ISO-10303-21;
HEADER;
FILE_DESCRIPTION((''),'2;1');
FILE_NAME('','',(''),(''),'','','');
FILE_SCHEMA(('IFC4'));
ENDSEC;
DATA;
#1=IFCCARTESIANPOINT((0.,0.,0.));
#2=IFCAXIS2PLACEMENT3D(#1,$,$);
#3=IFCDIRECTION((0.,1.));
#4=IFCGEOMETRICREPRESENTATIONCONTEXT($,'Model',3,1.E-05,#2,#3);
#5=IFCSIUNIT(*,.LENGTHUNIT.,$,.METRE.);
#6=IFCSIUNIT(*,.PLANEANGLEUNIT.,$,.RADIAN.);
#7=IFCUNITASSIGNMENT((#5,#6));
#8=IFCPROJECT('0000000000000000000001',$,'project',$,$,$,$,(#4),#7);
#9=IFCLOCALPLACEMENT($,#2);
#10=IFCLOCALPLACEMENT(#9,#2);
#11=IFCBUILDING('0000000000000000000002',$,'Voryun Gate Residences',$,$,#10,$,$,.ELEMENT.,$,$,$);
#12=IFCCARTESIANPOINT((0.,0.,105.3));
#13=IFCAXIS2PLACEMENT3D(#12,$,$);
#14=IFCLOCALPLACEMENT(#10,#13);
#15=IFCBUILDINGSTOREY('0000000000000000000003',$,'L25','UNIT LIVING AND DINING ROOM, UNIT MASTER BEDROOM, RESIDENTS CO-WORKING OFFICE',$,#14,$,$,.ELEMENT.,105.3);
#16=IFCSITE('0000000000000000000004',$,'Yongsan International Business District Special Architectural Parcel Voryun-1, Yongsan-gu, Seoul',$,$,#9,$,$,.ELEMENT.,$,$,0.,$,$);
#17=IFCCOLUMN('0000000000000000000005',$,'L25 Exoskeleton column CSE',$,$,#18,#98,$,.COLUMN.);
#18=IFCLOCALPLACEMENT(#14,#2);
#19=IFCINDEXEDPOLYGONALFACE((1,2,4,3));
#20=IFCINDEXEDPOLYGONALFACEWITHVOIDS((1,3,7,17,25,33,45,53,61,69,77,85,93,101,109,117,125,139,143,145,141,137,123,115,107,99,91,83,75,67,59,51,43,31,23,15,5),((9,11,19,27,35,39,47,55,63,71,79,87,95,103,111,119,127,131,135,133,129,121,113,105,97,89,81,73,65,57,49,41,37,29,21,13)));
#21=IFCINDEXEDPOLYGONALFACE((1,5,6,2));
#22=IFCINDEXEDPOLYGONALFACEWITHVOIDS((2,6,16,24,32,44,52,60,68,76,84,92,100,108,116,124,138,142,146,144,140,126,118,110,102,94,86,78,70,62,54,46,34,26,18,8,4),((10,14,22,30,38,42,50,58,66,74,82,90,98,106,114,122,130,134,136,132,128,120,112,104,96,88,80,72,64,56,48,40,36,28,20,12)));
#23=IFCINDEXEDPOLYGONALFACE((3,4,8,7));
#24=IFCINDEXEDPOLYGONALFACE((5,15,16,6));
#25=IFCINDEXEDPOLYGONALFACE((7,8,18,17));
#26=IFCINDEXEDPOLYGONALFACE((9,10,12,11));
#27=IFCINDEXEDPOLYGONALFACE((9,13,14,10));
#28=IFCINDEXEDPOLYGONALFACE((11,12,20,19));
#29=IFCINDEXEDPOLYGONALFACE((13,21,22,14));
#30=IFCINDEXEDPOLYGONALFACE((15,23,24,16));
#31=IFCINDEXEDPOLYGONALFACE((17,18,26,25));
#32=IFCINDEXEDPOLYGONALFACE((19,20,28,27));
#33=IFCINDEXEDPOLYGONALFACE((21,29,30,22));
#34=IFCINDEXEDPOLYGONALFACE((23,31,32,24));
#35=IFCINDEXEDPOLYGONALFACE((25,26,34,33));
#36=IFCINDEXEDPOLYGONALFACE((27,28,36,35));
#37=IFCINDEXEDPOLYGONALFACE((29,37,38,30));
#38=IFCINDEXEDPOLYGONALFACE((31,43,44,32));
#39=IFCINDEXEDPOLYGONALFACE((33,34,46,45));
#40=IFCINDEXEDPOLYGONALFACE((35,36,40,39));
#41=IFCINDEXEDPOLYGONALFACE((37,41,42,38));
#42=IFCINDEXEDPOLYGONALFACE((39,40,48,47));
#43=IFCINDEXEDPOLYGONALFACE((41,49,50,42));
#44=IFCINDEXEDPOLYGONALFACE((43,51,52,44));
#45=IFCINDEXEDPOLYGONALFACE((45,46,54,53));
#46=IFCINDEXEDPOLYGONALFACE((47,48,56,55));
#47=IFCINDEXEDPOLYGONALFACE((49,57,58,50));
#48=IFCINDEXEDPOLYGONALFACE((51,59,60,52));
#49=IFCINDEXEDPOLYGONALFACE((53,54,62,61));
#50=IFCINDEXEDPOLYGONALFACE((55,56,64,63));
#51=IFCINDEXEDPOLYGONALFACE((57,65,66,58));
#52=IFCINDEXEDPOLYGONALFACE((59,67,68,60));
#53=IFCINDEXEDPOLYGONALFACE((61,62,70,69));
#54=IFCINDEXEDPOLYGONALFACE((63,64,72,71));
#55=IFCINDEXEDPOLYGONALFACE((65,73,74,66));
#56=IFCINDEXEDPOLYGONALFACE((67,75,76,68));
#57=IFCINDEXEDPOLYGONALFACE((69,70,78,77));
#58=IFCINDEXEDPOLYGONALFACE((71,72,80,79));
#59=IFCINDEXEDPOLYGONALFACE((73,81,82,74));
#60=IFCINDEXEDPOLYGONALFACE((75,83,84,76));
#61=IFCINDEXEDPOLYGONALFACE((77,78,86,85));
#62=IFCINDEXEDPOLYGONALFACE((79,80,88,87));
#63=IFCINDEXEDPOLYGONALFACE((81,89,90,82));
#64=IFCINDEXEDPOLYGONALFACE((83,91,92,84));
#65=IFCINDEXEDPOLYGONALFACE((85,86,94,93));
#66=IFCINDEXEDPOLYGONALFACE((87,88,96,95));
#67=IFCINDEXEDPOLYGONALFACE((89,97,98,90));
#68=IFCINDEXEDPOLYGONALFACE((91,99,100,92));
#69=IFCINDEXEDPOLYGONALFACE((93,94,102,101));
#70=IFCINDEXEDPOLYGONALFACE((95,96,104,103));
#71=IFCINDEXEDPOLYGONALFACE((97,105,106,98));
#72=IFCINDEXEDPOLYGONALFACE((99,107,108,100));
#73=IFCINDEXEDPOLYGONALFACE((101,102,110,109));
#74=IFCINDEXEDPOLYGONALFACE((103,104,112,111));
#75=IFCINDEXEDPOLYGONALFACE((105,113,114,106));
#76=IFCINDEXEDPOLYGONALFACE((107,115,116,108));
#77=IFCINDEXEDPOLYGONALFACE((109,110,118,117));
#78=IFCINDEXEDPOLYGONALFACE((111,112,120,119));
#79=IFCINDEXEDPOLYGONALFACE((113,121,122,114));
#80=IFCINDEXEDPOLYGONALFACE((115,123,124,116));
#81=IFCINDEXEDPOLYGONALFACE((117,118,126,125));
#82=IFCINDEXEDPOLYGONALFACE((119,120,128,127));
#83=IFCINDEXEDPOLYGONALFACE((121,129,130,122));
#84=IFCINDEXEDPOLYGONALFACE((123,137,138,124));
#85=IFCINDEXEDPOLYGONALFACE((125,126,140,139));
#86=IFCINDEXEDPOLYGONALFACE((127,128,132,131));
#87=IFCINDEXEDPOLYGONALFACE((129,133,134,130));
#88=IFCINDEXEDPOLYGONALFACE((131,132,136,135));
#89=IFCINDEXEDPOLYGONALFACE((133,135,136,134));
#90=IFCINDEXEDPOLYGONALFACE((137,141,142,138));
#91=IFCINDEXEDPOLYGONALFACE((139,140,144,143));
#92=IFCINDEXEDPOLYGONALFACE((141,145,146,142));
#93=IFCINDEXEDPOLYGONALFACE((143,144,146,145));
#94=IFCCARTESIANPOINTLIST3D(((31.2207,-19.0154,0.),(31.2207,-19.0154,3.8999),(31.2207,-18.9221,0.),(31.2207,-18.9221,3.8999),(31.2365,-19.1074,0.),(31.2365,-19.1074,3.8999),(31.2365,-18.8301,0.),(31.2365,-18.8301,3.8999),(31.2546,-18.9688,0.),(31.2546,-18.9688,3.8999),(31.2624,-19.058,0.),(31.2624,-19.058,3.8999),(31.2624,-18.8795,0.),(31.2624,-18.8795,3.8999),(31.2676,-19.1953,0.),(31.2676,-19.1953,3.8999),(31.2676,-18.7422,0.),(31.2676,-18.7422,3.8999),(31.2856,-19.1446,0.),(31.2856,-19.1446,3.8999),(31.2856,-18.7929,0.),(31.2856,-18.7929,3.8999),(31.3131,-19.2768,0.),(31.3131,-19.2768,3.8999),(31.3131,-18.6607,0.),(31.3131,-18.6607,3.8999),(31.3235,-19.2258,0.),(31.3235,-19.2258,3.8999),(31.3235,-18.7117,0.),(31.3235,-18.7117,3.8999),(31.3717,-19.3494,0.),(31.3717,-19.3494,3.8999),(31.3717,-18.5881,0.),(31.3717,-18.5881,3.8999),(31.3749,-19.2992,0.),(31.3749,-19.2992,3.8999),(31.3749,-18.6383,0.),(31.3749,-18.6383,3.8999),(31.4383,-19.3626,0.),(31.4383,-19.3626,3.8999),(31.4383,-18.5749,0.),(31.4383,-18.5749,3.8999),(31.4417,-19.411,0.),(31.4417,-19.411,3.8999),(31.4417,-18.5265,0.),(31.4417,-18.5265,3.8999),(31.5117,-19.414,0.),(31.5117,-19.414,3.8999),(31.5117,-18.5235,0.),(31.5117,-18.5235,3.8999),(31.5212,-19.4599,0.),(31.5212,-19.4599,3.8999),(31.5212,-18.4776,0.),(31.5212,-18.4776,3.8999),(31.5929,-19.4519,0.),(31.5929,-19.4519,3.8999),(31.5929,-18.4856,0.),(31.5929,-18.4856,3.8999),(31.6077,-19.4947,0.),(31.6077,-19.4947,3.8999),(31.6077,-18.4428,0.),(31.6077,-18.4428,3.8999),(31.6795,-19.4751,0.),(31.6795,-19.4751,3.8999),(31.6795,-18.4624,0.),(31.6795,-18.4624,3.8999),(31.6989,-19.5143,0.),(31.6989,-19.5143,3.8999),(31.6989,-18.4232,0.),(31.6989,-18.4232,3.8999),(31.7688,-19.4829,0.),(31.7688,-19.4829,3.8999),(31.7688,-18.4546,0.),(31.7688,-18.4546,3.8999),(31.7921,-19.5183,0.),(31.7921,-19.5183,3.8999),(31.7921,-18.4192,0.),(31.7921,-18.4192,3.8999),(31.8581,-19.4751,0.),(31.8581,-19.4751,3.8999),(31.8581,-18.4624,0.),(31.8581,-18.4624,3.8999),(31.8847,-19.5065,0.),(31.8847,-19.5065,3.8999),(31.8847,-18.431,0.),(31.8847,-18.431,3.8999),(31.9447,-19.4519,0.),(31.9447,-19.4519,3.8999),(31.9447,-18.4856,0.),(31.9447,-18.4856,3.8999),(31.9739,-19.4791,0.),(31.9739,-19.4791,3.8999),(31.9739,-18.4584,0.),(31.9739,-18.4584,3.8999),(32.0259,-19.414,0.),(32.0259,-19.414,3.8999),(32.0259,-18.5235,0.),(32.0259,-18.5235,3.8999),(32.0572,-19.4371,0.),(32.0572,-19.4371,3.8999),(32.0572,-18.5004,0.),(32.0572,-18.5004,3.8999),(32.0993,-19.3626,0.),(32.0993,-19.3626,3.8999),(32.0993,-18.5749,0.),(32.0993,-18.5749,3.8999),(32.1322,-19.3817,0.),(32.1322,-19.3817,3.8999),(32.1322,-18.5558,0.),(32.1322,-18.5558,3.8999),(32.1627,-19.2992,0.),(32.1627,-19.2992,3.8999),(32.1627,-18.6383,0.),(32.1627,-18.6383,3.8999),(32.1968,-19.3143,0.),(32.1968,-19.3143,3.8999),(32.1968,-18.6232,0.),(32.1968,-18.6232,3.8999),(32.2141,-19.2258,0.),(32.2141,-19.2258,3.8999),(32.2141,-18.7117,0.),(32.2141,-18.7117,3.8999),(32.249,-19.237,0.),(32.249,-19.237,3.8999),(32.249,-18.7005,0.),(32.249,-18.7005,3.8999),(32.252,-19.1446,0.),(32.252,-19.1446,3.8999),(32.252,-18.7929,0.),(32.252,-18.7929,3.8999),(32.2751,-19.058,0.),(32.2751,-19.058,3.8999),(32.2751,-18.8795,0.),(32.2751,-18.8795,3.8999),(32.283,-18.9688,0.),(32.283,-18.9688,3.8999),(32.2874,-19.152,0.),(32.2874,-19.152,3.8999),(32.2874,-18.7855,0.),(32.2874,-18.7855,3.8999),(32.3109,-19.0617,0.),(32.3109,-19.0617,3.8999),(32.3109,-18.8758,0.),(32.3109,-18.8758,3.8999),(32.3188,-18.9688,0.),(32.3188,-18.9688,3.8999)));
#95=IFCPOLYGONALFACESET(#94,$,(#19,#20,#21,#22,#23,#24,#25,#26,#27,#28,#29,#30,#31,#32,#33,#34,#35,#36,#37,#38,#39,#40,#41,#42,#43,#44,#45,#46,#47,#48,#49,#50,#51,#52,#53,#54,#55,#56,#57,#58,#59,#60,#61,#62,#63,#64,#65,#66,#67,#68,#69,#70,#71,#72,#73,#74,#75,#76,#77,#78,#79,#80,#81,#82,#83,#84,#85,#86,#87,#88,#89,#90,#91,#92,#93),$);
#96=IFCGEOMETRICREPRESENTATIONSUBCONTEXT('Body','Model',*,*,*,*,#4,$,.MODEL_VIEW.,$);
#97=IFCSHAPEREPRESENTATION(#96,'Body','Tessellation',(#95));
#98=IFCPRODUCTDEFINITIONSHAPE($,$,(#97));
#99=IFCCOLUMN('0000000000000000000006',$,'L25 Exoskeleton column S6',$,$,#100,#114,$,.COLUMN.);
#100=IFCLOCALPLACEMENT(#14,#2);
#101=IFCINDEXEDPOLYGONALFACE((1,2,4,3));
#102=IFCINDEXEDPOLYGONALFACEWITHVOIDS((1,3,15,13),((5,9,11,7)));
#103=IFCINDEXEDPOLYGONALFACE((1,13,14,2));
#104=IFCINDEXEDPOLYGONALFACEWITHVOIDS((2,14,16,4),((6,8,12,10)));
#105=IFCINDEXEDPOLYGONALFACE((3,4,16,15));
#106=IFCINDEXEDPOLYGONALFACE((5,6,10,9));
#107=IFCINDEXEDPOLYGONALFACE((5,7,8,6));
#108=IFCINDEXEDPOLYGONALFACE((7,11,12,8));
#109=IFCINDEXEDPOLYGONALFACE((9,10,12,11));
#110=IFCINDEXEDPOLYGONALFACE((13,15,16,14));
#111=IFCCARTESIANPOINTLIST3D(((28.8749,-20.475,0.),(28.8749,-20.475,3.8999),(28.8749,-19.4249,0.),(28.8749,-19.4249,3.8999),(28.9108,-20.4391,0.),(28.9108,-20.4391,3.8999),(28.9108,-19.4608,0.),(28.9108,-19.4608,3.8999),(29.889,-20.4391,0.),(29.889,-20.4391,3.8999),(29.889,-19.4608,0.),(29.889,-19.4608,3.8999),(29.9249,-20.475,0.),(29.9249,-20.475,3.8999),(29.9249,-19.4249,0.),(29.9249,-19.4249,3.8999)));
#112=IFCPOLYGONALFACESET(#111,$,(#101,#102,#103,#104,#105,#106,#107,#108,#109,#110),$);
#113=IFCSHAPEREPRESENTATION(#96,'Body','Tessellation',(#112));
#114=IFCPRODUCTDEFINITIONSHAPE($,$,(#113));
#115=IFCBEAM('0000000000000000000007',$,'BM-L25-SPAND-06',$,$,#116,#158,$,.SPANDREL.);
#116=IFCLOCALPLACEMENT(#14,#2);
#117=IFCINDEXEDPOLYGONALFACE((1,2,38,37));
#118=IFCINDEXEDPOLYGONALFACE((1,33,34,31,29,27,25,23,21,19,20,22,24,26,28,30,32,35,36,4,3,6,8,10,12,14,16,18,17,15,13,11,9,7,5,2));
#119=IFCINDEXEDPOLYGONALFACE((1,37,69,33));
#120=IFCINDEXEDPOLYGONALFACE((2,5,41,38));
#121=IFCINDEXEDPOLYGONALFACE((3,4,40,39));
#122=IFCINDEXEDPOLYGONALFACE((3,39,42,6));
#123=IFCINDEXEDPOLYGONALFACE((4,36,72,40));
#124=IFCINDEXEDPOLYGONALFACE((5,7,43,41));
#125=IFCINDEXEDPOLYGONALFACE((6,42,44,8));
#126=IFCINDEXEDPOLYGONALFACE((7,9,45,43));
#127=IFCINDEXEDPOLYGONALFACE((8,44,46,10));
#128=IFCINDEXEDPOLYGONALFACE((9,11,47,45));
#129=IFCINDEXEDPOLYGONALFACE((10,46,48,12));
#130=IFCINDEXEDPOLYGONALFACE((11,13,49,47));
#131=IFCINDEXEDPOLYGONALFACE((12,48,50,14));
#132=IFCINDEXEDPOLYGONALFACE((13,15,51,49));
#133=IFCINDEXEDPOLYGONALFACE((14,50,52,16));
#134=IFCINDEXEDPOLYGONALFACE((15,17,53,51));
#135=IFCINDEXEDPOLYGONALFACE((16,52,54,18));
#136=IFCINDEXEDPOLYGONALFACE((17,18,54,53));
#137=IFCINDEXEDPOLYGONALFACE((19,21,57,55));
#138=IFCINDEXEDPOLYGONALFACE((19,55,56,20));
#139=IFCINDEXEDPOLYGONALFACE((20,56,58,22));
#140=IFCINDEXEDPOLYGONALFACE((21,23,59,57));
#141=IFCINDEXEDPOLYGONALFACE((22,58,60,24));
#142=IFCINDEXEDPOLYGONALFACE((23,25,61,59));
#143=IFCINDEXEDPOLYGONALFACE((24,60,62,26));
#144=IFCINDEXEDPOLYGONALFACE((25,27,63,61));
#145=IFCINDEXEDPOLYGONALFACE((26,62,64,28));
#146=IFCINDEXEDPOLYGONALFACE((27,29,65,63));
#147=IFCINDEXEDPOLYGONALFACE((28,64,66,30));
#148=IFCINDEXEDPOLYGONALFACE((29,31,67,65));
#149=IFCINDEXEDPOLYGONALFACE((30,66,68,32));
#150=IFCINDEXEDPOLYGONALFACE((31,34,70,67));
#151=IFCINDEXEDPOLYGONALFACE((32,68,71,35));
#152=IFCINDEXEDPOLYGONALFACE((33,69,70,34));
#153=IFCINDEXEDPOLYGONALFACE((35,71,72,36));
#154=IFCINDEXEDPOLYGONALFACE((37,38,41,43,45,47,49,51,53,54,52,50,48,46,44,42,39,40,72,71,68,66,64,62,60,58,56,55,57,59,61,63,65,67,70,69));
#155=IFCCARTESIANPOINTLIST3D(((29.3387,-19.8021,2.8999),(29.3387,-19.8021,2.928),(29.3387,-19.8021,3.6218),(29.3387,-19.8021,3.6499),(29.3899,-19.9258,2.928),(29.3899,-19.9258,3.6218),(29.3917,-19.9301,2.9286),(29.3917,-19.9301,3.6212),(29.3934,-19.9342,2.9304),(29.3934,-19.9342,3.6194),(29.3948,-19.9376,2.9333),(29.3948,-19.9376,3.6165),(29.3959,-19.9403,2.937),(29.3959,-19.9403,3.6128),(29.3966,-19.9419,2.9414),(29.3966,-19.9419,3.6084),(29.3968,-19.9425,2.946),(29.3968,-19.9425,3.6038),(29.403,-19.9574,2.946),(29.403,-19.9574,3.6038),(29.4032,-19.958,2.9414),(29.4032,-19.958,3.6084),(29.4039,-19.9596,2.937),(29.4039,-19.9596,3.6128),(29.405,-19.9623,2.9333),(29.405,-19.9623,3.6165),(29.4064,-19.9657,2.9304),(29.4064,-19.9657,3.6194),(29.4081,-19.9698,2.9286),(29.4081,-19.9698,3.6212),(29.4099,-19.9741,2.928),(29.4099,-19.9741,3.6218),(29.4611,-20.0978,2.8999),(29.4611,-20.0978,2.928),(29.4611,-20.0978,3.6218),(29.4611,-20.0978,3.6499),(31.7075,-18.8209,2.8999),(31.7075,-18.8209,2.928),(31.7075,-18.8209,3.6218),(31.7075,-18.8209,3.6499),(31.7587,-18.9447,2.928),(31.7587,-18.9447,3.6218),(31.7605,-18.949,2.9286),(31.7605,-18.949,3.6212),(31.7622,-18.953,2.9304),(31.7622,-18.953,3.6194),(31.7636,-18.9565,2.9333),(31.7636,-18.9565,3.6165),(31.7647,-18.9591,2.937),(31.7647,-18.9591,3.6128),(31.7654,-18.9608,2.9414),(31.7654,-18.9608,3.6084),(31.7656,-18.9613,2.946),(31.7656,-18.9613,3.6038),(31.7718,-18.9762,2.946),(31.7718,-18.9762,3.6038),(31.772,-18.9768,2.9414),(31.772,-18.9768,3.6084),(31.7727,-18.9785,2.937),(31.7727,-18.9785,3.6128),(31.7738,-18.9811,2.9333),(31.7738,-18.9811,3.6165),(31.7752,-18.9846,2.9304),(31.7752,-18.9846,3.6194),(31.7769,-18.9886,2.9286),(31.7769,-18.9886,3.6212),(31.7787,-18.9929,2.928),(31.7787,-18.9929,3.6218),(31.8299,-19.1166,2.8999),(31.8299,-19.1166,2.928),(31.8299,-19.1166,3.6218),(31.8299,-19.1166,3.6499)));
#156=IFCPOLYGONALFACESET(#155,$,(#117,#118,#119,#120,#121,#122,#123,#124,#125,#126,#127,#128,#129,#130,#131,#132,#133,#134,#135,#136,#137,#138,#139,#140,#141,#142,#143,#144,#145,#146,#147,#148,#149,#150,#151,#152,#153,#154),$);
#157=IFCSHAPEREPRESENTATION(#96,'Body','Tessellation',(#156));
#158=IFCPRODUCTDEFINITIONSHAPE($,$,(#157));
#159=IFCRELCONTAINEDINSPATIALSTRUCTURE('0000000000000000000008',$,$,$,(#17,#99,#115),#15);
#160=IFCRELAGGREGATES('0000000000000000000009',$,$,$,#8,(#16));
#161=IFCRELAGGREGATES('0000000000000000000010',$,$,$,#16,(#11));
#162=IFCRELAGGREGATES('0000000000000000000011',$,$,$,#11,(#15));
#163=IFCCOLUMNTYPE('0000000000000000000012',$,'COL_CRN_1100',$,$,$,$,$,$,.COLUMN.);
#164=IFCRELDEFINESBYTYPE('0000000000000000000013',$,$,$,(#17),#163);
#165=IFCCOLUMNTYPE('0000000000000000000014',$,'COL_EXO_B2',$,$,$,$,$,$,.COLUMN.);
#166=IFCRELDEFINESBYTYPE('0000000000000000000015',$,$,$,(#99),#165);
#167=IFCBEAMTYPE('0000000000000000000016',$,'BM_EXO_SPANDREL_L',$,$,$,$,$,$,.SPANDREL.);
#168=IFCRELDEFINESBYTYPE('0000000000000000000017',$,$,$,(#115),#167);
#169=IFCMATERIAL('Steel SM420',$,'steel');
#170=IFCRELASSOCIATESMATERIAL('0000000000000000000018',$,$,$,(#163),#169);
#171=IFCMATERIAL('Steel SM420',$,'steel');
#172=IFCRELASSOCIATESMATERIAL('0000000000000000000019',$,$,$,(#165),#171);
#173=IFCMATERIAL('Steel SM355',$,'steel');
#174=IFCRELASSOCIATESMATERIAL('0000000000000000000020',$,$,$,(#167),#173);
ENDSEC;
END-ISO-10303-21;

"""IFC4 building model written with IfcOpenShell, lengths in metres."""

from ifc_helpers import new_model, si_unit, direction, frame, origin, origin_2d, place, context, subcontext, project, spatial, hollow_rectangle, hollow_circle, i_section, extrude, material, material_profile, profile_set, type_object, element, save


model = new_model("IFC4")

# Units and contexts
model_context = context("Model", 3, precision=1e-05, world=origin(), true_north=direction((0.0, 1.0)))
body_context = subcontext(model_context, "Body", "Model", "MODEL_VIEW")
ifc_project = project(units=[si_unit("LENGTHUNIT", "METRE"), si_unit("PLANEANGLEUNIT", "RADIAN")], contexts=[model_context])

# Site, building, storey
site_placement = place(None, origin())
site = spatial("IfcSite", under=ifc_project, at=site_placement, Name="Yongsan International Business District Special Architectural Parcel Voryun-1, Yongsan-gu, Seoul", CompositionType="ELEMENT", RefElevation=0.0)
building_placement = place(site_placement, origin())
building = spatial("IfcBuilding", under=site, at=building_placement, Name="Voryun Gate Residences", CompositionType="ELEMENT")
storey_placement = place(building_placement, frame((0.0, 0.0, 105.3)))
storey = spatial("IfcBuildingStorey", under=building, at=storey_placement, Name="L25", Description="UNIT LIVING AND DINING ROOM, UNIT MASTER BEDROOM, RESIDENTS CO-WORKING OFFICE", CompositionType="ELEMENT", Elevation=105.3)

# Columns
ifc_material_1 = material(Name="Steel SM420", Category="steel")
ifc_material_profile_1 = material_profile(ifc_material_1, hollow_circle(Radius=0.55, WallThickness=0.0359, at=origin_2d()), Name="CHS-1100x36")
ifc_profile_set_1 = profile_set([ifc_material_profile_1], Name="Steel SM420")
column_type_1 = type_object("IfcColumnType", Name="COL_CRN_1100", PredefinedType="COLUMN", material=ifc_profile_set_1)
column_1_placement = place(storey_placement, frame((31.7688, -18.9688, 0.0), z_axis=(0.0, 0.0, 1.0), x_axis=(1.0, 0.0, 0.0)))
element("IfcColumn", 1, at=column_1_placement, inside=storey, type_object=column_type_1, Name="L25 Exoskeleton column CSE", PredefinedType="COLUMN", context=body_context, shape_type="SweptSolid", body=[
    extrude(hollow_circle(Radius=0.55, WallThickness=0.0359, at=origin_2d()), origin(), (0.0, 0.0, 1.0), 3.8999),
])
ifc_material_2 = material(Name="Steel SM420", Category="steel")
ifc_material_profile_2 = material_profile(ifc_material_2, hollow_rectangle(XDim=1.05, YDim=1.05, WallThickness=0.0359, at=origin_2d()), Name="BOX-1050x1050x36")
ifc_profile_set_2 = profile_set([ifc_material_profile_2], Name="Steel SM420")
column_type_2 = type_object("IfcColumnType", Name="COL_EXO_B2", PredefinedType="COLUMN", material=ifc_profile_set_2)
column_2_placement = place(storey_placement, frame((29.3999, -19.95, 0.0), z_axis=(0.0, 0.0, 1.0), x_axis=(1.0, 0.0, 0.0)))
element("IfcColumn", 2, at=column_2_placement, inside=storey, type_object=column_type_2, Name="L25 Exoskeleton column S6", PredefinedType="COLUMN", context=body_context, shape_type="SweptSolid", body=[
    extrude(hollow_rectangle(XDim=1.05, YDim=1.05, WallThickness=0.0359, at=origin_2d()), origin(), (0.0, 0.0, 1.0), 3.8999),
])

# Beam
ifc_material_3 = material(Name="Steel SM355", Category="steel")
ifc_material_profile_3 = material_profile(ifc_material_3, i_section(OverallWidth=0.3201, OverallDepth=0.75, WebThickness=0.0161, FlangeThickness=0.0281, FilletRadius=0.0181, at=origin_2d()), Name="H-750x320x16x28")
ifc_profile_set_3 = profile_set([ifc_material_profile_3], Name="Steel SM355")
beam_type = type_object("IfcBeamType", Name="BM_EXO_SPANDREL_L", PredefinedType="SPANDREL", material=ifc_profile_set_3)
beam_1_placement = place(storey_placement, frame((29.3999, -19.95, 3.2749), z_axis=(0.923883, 0.382674, 0.0), x_axis=(-0.382674, 0.923883, 0.0)))
element("IfcBeam", 3, at=beam_1_placement, inside=storey, type_object=beam_type, Name="BM-L25-SPAND-06", PredefinedType="SPANDREL", context=body_context, shape_type="SweptSolid", body=[
    extrude(i_section(OverallWidth=0.3201, OverallDepth=0.75, WebThickness=0.0161, FlangeThickness=0.0281, FilletRadius=0.0181, at=origin_2d()), origin(), (0.0, 0.0, 1.0), 2.564),
])

save(model, "model.ifc")
